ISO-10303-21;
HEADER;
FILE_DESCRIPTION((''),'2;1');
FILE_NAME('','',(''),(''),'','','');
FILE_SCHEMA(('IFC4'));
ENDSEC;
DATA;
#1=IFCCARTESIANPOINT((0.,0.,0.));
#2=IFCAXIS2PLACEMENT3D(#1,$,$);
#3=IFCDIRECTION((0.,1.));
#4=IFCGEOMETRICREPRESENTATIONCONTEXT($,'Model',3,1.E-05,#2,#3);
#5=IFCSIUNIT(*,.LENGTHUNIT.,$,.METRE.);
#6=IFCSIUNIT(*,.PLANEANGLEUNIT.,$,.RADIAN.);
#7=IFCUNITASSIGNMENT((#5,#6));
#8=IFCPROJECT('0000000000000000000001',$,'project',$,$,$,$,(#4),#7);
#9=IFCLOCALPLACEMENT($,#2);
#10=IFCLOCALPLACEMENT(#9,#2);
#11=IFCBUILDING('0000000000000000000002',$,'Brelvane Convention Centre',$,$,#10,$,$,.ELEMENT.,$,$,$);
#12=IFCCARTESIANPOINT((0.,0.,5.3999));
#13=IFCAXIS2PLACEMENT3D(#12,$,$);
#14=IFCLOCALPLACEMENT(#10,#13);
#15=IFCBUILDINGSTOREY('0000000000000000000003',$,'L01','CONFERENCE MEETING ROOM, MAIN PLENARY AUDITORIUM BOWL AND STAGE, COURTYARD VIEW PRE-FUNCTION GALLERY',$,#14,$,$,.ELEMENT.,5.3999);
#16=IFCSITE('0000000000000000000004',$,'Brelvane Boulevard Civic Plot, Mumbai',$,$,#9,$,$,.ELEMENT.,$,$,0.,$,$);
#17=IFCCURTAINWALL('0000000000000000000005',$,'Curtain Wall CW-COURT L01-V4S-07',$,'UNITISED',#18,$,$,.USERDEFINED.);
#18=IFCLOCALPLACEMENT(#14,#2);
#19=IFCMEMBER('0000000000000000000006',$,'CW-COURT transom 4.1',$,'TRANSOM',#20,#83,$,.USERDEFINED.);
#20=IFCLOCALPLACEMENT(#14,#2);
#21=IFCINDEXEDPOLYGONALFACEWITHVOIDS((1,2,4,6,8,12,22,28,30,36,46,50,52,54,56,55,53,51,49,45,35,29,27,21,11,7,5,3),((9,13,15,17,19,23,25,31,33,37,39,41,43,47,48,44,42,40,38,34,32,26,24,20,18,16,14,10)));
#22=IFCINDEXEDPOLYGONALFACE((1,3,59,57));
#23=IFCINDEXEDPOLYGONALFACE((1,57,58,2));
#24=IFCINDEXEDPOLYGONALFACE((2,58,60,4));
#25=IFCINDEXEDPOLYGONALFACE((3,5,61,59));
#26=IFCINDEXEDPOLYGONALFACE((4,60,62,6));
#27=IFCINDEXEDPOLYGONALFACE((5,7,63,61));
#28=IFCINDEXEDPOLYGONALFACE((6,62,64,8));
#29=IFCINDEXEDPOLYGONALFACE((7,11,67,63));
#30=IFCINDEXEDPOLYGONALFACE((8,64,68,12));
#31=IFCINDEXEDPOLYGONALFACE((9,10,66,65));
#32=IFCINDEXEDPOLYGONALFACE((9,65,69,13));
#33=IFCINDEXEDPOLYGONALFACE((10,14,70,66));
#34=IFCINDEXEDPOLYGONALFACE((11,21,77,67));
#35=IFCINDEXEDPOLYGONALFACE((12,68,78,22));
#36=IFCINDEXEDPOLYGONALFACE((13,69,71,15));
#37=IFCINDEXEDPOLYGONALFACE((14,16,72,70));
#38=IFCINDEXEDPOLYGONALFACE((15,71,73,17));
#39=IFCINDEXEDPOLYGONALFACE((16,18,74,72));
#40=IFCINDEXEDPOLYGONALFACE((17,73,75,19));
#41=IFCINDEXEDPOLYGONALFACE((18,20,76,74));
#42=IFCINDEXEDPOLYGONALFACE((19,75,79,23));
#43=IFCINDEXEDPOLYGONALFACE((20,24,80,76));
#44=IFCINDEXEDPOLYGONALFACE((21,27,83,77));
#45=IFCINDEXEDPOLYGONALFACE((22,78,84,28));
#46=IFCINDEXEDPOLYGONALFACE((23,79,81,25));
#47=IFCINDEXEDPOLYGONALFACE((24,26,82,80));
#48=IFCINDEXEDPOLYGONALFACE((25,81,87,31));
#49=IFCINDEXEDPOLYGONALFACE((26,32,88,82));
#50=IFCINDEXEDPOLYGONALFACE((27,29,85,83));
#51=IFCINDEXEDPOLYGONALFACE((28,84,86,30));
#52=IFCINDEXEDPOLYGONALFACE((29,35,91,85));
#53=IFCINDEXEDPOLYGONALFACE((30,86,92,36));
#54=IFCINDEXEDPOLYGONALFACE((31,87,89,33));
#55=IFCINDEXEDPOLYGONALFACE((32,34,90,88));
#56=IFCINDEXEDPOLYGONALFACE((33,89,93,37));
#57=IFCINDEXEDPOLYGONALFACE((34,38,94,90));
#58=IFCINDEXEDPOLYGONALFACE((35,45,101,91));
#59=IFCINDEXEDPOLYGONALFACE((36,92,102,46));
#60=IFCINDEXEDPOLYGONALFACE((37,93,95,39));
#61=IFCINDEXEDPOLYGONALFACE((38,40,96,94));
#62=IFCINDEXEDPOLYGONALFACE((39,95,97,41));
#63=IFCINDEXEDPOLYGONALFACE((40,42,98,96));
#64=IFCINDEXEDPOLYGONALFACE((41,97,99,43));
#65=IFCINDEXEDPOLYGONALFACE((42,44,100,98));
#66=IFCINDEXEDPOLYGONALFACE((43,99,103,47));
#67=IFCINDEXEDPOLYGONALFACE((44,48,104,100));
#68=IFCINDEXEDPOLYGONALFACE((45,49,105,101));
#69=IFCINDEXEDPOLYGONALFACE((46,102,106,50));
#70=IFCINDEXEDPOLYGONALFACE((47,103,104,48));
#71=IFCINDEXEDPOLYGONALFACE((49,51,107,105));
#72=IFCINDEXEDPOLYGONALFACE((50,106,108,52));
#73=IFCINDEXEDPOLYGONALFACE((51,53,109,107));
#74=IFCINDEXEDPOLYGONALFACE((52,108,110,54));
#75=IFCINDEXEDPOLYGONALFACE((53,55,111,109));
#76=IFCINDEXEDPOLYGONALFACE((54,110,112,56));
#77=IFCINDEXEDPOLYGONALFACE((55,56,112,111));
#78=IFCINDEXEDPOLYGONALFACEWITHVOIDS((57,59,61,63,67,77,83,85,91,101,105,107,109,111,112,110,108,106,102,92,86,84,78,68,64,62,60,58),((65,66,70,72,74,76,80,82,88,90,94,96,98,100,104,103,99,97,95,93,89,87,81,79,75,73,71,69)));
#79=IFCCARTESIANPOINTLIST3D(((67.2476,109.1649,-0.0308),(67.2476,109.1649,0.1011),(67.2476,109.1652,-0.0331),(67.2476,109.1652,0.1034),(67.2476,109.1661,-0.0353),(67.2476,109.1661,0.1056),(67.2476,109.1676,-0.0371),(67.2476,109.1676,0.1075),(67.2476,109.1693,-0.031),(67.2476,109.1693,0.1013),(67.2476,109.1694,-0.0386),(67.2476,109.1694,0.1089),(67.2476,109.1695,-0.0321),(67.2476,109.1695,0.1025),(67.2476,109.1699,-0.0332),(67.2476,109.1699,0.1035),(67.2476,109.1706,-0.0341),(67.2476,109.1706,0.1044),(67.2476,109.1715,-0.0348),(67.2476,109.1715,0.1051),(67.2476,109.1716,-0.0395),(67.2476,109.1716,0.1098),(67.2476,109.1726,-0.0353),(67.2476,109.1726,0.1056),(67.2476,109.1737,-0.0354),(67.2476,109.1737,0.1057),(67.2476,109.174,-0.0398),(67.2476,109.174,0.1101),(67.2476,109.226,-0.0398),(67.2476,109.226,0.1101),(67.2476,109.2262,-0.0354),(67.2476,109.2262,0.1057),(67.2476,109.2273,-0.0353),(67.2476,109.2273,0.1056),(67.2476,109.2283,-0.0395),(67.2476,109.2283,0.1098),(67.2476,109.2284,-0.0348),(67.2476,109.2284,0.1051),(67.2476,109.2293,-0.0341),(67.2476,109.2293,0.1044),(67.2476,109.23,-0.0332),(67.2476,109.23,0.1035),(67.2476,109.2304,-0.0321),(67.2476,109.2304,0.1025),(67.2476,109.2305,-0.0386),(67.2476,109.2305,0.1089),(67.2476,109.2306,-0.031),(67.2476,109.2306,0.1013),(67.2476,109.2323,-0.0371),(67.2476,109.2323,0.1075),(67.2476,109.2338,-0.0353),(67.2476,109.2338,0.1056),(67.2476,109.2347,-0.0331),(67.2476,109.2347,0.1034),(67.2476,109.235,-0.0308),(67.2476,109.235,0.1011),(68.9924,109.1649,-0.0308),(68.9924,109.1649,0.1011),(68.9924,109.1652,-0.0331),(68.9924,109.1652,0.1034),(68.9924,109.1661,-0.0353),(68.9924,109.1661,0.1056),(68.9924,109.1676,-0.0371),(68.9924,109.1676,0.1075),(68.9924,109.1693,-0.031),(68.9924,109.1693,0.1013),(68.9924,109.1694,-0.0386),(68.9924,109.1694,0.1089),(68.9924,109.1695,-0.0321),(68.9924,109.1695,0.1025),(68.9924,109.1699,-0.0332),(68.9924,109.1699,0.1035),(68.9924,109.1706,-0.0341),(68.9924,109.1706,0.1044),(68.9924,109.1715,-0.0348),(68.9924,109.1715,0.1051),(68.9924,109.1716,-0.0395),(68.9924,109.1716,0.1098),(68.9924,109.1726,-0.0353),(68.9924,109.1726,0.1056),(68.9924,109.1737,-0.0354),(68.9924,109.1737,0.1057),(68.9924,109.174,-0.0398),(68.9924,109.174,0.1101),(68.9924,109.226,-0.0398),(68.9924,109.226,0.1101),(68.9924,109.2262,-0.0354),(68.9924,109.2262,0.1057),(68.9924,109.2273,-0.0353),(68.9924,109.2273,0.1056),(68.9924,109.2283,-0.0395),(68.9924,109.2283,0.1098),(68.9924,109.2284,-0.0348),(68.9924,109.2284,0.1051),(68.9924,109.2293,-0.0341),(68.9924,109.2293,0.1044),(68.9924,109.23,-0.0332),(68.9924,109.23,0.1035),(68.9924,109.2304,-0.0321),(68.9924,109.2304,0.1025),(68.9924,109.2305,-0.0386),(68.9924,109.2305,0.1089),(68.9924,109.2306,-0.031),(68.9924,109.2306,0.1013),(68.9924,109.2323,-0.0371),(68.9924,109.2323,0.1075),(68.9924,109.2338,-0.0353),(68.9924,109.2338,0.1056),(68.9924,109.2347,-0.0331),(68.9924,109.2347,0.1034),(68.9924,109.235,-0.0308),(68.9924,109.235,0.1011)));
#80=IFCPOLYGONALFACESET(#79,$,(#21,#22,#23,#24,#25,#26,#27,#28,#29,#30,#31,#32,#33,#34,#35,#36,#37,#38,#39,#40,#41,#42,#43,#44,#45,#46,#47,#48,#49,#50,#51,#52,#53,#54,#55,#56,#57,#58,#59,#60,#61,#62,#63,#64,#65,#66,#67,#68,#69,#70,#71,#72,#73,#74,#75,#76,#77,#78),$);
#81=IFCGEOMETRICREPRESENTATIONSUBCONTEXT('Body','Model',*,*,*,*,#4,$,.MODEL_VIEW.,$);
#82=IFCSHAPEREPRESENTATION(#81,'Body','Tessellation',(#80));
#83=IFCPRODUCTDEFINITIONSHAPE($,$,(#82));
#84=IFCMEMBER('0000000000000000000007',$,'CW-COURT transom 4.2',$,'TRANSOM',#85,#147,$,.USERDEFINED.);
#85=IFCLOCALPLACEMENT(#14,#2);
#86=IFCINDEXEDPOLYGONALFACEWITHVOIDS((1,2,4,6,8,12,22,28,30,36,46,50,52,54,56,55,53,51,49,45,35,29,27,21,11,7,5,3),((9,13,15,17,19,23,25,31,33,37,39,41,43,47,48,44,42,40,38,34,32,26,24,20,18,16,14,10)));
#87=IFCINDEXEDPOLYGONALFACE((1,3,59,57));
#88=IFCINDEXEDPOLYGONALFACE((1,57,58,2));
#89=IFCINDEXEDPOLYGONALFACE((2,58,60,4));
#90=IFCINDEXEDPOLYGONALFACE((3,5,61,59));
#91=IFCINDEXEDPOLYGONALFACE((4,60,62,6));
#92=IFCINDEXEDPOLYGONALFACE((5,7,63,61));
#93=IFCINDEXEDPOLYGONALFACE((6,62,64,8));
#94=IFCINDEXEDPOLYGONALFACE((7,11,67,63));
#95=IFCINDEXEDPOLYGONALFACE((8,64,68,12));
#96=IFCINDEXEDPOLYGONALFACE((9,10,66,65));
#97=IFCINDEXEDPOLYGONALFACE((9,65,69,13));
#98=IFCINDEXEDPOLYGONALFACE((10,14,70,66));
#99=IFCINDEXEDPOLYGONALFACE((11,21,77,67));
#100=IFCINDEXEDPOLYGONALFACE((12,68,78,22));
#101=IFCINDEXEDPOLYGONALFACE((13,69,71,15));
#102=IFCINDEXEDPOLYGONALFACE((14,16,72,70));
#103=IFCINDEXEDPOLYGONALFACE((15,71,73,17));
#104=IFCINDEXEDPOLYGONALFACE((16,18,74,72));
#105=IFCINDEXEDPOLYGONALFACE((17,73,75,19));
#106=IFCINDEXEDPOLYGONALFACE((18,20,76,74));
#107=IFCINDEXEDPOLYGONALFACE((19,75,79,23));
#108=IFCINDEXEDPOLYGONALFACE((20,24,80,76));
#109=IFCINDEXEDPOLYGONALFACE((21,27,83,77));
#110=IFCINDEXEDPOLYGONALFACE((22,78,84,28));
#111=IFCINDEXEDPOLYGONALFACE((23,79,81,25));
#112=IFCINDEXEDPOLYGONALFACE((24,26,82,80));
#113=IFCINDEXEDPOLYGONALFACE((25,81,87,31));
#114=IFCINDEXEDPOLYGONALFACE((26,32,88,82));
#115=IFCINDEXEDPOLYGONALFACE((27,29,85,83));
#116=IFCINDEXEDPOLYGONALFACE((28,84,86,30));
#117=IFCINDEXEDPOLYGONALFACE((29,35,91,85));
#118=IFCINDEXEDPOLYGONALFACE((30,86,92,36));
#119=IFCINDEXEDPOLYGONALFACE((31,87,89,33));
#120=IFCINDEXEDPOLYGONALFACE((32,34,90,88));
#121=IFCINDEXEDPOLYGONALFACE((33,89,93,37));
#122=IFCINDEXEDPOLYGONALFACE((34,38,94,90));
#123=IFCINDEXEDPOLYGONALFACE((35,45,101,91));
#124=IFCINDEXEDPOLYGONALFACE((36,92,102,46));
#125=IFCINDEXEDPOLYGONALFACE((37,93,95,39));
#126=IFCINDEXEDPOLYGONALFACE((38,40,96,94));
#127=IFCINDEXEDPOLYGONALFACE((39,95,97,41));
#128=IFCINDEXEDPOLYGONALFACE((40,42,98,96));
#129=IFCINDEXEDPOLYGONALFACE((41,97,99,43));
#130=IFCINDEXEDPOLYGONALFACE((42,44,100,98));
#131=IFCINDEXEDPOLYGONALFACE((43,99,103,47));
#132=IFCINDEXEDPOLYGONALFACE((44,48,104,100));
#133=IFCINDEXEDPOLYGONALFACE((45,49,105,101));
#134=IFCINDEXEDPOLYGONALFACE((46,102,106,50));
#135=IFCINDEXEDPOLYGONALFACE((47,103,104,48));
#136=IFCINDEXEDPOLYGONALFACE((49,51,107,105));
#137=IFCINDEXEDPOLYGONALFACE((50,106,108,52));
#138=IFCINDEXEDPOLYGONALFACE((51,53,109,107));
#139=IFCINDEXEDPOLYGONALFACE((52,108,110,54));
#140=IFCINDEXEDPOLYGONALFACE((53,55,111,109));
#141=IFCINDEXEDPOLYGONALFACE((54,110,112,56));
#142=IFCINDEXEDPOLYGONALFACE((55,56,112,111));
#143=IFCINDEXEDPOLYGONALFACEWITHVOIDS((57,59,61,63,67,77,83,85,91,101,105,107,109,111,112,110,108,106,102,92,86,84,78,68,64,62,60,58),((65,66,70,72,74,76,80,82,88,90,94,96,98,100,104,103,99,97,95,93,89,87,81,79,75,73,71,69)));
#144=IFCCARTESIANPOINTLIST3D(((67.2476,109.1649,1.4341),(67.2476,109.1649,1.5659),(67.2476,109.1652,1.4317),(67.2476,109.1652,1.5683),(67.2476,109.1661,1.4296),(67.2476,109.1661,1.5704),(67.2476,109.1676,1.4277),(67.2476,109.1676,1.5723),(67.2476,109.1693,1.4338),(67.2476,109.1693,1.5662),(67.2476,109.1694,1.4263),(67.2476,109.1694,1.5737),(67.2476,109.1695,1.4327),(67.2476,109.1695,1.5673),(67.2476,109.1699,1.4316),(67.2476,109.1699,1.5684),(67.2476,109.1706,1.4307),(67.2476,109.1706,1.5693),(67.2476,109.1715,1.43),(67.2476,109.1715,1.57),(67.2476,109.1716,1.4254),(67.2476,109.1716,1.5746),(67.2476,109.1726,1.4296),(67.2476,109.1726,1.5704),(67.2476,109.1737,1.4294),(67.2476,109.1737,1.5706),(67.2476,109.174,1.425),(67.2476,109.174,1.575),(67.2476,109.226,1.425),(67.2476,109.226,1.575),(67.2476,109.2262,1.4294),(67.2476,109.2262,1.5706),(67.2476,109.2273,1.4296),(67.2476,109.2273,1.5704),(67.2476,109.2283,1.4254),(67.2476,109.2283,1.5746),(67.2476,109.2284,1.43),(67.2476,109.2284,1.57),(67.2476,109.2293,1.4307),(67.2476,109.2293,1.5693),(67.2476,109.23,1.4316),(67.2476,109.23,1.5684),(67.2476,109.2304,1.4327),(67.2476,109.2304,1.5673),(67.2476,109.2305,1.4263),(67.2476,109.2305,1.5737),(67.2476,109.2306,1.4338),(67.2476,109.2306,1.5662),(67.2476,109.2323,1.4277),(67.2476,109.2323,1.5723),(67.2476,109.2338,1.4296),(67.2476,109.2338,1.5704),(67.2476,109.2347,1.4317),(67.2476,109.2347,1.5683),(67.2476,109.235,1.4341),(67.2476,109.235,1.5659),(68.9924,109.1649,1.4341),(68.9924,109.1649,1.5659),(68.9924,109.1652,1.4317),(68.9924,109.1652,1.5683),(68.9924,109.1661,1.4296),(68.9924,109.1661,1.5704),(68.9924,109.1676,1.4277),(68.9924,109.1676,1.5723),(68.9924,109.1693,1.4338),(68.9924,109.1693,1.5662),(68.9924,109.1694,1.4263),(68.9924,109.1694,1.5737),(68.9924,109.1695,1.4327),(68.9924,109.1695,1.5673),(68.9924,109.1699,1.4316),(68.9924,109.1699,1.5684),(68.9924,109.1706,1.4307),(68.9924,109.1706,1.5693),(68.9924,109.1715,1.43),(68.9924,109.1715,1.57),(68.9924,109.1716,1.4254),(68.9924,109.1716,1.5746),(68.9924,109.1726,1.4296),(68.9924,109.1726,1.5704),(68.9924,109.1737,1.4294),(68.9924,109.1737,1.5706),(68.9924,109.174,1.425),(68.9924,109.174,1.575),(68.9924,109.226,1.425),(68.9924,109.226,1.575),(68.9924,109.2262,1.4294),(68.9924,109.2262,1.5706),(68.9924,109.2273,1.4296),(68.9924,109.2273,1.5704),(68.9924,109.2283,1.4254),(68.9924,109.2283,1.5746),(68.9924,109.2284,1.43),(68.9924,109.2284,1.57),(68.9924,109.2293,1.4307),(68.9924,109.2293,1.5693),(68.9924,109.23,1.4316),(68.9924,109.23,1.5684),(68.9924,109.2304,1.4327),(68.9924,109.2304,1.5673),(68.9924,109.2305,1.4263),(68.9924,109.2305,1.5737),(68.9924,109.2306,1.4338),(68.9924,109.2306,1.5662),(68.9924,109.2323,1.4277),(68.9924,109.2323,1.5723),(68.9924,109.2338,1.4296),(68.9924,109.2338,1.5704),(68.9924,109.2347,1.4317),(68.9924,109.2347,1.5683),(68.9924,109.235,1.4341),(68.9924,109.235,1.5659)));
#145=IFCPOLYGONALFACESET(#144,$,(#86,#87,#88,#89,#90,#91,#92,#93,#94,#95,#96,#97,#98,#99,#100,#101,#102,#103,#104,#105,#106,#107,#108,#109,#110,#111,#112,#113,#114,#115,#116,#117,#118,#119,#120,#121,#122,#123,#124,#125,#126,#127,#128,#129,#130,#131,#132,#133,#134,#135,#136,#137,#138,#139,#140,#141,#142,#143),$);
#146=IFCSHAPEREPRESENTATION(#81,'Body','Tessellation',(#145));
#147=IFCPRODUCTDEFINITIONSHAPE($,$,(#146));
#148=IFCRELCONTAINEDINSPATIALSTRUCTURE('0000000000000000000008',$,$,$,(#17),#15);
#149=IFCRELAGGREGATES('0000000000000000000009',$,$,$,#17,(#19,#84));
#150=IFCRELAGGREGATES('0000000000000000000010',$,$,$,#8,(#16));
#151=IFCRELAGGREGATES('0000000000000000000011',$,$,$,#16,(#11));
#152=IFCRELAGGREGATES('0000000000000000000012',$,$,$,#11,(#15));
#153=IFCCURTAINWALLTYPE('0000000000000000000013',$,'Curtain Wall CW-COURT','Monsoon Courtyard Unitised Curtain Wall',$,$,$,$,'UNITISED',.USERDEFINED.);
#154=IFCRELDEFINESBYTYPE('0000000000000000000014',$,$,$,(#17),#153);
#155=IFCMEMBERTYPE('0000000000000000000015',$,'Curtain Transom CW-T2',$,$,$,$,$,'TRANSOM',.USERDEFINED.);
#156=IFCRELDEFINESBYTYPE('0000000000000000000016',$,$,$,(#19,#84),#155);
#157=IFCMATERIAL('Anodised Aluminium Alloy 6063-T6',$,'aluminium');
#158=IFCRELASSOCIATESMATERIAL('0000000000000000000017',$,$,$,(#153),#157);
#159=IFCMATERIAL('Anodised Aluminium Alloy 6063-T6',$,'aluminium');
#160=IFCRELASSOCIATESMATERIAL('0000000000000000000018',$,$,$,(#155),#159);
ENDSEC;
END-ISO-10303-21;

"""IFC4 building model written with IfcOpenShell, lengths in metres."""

from ifc_helpers import new_model, si_unit, direction, frame, origin, origin_2d, place, context, subcontext, project, spatial, hollow_rectangle, extrude, material, material_profile, profile_set, type_object, element, aggregate, save


model = new_model("IFC4")

# Units and contexts
model_context = context("Model", 3, precision=1e-05, world=origin(), true_north=direction((0.0, 1.0)))
body_context = subcontext(model_context, "Body", "Model", "MODEL_VIEW")
ifc_project = project(units=[si_unit("LENGTHUNIT", "METRE"), si_unit("PLANEANGLEUNIT", "RADIAN")], contexts=[model_context])

# Site, building, storey
site_placement = place(None, origin())
site = spatial("IfcSite", under=ifc_project, at=site_placement, Name="Brelvane Boulevard Civic Plot, Mumbai", CompositionType="ELEMENT", RefElevation=0.0)
building_placement = place(site_placement, origin())
building = spatial("IfcBuilding", under=site, at=building_placement, Name="Brelvane Convention Centre", CompositionType="ELEMENT")
storey_placement = place(building_placement, frame((0.0, 0.0, 5.3999)))
storey = spatial("IfcBuildingStorey", under=building, at=storey_placement, Name="L01", Description="CONFERENCE MEETING ROOM, MAIN PLENARY AUDITORIUM BOWL AND STAGE, COURTYARD VIEW PRE-FUNCTION GALLERY", CompositionType="ELEMENT", Elevation=5.3999)

# Curtain wall, members
ifc_material_1 = material(Name="Anodised Aluminium Alloy 6063-T6", Category="aluminium")
curtain_wall_type = type_object("IfcCurtainWallType", Name="Curtain Wall CW-COURT", Description="Monsoon Courtyard Unitised Curtain Wall", ElementType="UNITISED", PredefinedType="USERDEFINED", material=ifc_material_1)
curtain_wall_placement = place(storey_placement, origin())
curtain_wall = element("IfcCurtainWall", 1, at=curtain_wall_placement, inside=storey, type_object=curtain_wall_type, Name="Curtain Wall CW-COURT L01-V4S-07", ObjectType="UNITISED", PredefinedType="USERDEFINED")
ifc_material_2 = material(Name="Anodised Aluminium Alloy 6063-T6", Category="aluminium")
ifc_material_profile_1 = material_profile(ifc_material_2, hollow_rectangle(XDim=0.0701, YDim=0.1499, WallThickness=0.0044, InnerFilletRadius=0.0044, OuterFilletRadius=0.009, at=origin_2d()), Name="ALU-T 150x70x4.5")
ifc_profile_set_1 = profile_set([ifc_material_profile_1], Name="Anodised Aluminium Alloy 6063-T6")
member_type_1 = type_object("IfcMemberType", Name="Curtain Transom CW-T2", ElementType="TRANSOM", PredefinedType="USERDEFINED", material=ifc_profile_set_1)
member_1_placement = place(storey_placement, frame((67.2476, 109.2, 0.0352), z_axis=(1.0, 0.0, 0.0), x_axis=(0.0, 1.0, 0.0)))
member_1 = element("IfcMember", 2, at=member_1_placement, type_object=member_type_1, Name="CW-COURT transom 4.1", ObjectType="TRANSOM", PredefinedType="USERDEFINED", context=body_context, shape_type="SweptSolid", body=[
    extrude(hollow_rectangle(XDim=0.0701, YDim=0.1499, WallThickness=0.0044, InnerFilletRadius=0.0044, OuterFilletRadius=0.009, at=origin_2d()), origin(), (0.0, 0.0, 1.0), 1.7449),
])
member_2_placement = place(storey_placement, frame((67.2476, 109.2, 1.5), z_axis=(1.0, 0.0, 0.0), x_axis=(0.0, 1.0, 0.0)))
member_2 = element("IfcMember", 3, at=member_2_placement, type_object=member_type_1, Name="CW-COURT transom 4.2", ObjectType="TRANSOM", PredefinedType="USERDEFINED", context=body_context, shape_type="SweptSolid", body=[
    extrude(hollow_rectangle(XDim=0.0701, YDim=0.1499, WallThickness=0.0044, InnerFilletRadius=0.0044, OuterFilletRadius=0.009, at=origin_2d()), origin(), (0.0, 0.0, 1.0), 1.7449),
])

aggregate(curtain_wall, [member_1, member_2])

save(model, "model.ifc")
